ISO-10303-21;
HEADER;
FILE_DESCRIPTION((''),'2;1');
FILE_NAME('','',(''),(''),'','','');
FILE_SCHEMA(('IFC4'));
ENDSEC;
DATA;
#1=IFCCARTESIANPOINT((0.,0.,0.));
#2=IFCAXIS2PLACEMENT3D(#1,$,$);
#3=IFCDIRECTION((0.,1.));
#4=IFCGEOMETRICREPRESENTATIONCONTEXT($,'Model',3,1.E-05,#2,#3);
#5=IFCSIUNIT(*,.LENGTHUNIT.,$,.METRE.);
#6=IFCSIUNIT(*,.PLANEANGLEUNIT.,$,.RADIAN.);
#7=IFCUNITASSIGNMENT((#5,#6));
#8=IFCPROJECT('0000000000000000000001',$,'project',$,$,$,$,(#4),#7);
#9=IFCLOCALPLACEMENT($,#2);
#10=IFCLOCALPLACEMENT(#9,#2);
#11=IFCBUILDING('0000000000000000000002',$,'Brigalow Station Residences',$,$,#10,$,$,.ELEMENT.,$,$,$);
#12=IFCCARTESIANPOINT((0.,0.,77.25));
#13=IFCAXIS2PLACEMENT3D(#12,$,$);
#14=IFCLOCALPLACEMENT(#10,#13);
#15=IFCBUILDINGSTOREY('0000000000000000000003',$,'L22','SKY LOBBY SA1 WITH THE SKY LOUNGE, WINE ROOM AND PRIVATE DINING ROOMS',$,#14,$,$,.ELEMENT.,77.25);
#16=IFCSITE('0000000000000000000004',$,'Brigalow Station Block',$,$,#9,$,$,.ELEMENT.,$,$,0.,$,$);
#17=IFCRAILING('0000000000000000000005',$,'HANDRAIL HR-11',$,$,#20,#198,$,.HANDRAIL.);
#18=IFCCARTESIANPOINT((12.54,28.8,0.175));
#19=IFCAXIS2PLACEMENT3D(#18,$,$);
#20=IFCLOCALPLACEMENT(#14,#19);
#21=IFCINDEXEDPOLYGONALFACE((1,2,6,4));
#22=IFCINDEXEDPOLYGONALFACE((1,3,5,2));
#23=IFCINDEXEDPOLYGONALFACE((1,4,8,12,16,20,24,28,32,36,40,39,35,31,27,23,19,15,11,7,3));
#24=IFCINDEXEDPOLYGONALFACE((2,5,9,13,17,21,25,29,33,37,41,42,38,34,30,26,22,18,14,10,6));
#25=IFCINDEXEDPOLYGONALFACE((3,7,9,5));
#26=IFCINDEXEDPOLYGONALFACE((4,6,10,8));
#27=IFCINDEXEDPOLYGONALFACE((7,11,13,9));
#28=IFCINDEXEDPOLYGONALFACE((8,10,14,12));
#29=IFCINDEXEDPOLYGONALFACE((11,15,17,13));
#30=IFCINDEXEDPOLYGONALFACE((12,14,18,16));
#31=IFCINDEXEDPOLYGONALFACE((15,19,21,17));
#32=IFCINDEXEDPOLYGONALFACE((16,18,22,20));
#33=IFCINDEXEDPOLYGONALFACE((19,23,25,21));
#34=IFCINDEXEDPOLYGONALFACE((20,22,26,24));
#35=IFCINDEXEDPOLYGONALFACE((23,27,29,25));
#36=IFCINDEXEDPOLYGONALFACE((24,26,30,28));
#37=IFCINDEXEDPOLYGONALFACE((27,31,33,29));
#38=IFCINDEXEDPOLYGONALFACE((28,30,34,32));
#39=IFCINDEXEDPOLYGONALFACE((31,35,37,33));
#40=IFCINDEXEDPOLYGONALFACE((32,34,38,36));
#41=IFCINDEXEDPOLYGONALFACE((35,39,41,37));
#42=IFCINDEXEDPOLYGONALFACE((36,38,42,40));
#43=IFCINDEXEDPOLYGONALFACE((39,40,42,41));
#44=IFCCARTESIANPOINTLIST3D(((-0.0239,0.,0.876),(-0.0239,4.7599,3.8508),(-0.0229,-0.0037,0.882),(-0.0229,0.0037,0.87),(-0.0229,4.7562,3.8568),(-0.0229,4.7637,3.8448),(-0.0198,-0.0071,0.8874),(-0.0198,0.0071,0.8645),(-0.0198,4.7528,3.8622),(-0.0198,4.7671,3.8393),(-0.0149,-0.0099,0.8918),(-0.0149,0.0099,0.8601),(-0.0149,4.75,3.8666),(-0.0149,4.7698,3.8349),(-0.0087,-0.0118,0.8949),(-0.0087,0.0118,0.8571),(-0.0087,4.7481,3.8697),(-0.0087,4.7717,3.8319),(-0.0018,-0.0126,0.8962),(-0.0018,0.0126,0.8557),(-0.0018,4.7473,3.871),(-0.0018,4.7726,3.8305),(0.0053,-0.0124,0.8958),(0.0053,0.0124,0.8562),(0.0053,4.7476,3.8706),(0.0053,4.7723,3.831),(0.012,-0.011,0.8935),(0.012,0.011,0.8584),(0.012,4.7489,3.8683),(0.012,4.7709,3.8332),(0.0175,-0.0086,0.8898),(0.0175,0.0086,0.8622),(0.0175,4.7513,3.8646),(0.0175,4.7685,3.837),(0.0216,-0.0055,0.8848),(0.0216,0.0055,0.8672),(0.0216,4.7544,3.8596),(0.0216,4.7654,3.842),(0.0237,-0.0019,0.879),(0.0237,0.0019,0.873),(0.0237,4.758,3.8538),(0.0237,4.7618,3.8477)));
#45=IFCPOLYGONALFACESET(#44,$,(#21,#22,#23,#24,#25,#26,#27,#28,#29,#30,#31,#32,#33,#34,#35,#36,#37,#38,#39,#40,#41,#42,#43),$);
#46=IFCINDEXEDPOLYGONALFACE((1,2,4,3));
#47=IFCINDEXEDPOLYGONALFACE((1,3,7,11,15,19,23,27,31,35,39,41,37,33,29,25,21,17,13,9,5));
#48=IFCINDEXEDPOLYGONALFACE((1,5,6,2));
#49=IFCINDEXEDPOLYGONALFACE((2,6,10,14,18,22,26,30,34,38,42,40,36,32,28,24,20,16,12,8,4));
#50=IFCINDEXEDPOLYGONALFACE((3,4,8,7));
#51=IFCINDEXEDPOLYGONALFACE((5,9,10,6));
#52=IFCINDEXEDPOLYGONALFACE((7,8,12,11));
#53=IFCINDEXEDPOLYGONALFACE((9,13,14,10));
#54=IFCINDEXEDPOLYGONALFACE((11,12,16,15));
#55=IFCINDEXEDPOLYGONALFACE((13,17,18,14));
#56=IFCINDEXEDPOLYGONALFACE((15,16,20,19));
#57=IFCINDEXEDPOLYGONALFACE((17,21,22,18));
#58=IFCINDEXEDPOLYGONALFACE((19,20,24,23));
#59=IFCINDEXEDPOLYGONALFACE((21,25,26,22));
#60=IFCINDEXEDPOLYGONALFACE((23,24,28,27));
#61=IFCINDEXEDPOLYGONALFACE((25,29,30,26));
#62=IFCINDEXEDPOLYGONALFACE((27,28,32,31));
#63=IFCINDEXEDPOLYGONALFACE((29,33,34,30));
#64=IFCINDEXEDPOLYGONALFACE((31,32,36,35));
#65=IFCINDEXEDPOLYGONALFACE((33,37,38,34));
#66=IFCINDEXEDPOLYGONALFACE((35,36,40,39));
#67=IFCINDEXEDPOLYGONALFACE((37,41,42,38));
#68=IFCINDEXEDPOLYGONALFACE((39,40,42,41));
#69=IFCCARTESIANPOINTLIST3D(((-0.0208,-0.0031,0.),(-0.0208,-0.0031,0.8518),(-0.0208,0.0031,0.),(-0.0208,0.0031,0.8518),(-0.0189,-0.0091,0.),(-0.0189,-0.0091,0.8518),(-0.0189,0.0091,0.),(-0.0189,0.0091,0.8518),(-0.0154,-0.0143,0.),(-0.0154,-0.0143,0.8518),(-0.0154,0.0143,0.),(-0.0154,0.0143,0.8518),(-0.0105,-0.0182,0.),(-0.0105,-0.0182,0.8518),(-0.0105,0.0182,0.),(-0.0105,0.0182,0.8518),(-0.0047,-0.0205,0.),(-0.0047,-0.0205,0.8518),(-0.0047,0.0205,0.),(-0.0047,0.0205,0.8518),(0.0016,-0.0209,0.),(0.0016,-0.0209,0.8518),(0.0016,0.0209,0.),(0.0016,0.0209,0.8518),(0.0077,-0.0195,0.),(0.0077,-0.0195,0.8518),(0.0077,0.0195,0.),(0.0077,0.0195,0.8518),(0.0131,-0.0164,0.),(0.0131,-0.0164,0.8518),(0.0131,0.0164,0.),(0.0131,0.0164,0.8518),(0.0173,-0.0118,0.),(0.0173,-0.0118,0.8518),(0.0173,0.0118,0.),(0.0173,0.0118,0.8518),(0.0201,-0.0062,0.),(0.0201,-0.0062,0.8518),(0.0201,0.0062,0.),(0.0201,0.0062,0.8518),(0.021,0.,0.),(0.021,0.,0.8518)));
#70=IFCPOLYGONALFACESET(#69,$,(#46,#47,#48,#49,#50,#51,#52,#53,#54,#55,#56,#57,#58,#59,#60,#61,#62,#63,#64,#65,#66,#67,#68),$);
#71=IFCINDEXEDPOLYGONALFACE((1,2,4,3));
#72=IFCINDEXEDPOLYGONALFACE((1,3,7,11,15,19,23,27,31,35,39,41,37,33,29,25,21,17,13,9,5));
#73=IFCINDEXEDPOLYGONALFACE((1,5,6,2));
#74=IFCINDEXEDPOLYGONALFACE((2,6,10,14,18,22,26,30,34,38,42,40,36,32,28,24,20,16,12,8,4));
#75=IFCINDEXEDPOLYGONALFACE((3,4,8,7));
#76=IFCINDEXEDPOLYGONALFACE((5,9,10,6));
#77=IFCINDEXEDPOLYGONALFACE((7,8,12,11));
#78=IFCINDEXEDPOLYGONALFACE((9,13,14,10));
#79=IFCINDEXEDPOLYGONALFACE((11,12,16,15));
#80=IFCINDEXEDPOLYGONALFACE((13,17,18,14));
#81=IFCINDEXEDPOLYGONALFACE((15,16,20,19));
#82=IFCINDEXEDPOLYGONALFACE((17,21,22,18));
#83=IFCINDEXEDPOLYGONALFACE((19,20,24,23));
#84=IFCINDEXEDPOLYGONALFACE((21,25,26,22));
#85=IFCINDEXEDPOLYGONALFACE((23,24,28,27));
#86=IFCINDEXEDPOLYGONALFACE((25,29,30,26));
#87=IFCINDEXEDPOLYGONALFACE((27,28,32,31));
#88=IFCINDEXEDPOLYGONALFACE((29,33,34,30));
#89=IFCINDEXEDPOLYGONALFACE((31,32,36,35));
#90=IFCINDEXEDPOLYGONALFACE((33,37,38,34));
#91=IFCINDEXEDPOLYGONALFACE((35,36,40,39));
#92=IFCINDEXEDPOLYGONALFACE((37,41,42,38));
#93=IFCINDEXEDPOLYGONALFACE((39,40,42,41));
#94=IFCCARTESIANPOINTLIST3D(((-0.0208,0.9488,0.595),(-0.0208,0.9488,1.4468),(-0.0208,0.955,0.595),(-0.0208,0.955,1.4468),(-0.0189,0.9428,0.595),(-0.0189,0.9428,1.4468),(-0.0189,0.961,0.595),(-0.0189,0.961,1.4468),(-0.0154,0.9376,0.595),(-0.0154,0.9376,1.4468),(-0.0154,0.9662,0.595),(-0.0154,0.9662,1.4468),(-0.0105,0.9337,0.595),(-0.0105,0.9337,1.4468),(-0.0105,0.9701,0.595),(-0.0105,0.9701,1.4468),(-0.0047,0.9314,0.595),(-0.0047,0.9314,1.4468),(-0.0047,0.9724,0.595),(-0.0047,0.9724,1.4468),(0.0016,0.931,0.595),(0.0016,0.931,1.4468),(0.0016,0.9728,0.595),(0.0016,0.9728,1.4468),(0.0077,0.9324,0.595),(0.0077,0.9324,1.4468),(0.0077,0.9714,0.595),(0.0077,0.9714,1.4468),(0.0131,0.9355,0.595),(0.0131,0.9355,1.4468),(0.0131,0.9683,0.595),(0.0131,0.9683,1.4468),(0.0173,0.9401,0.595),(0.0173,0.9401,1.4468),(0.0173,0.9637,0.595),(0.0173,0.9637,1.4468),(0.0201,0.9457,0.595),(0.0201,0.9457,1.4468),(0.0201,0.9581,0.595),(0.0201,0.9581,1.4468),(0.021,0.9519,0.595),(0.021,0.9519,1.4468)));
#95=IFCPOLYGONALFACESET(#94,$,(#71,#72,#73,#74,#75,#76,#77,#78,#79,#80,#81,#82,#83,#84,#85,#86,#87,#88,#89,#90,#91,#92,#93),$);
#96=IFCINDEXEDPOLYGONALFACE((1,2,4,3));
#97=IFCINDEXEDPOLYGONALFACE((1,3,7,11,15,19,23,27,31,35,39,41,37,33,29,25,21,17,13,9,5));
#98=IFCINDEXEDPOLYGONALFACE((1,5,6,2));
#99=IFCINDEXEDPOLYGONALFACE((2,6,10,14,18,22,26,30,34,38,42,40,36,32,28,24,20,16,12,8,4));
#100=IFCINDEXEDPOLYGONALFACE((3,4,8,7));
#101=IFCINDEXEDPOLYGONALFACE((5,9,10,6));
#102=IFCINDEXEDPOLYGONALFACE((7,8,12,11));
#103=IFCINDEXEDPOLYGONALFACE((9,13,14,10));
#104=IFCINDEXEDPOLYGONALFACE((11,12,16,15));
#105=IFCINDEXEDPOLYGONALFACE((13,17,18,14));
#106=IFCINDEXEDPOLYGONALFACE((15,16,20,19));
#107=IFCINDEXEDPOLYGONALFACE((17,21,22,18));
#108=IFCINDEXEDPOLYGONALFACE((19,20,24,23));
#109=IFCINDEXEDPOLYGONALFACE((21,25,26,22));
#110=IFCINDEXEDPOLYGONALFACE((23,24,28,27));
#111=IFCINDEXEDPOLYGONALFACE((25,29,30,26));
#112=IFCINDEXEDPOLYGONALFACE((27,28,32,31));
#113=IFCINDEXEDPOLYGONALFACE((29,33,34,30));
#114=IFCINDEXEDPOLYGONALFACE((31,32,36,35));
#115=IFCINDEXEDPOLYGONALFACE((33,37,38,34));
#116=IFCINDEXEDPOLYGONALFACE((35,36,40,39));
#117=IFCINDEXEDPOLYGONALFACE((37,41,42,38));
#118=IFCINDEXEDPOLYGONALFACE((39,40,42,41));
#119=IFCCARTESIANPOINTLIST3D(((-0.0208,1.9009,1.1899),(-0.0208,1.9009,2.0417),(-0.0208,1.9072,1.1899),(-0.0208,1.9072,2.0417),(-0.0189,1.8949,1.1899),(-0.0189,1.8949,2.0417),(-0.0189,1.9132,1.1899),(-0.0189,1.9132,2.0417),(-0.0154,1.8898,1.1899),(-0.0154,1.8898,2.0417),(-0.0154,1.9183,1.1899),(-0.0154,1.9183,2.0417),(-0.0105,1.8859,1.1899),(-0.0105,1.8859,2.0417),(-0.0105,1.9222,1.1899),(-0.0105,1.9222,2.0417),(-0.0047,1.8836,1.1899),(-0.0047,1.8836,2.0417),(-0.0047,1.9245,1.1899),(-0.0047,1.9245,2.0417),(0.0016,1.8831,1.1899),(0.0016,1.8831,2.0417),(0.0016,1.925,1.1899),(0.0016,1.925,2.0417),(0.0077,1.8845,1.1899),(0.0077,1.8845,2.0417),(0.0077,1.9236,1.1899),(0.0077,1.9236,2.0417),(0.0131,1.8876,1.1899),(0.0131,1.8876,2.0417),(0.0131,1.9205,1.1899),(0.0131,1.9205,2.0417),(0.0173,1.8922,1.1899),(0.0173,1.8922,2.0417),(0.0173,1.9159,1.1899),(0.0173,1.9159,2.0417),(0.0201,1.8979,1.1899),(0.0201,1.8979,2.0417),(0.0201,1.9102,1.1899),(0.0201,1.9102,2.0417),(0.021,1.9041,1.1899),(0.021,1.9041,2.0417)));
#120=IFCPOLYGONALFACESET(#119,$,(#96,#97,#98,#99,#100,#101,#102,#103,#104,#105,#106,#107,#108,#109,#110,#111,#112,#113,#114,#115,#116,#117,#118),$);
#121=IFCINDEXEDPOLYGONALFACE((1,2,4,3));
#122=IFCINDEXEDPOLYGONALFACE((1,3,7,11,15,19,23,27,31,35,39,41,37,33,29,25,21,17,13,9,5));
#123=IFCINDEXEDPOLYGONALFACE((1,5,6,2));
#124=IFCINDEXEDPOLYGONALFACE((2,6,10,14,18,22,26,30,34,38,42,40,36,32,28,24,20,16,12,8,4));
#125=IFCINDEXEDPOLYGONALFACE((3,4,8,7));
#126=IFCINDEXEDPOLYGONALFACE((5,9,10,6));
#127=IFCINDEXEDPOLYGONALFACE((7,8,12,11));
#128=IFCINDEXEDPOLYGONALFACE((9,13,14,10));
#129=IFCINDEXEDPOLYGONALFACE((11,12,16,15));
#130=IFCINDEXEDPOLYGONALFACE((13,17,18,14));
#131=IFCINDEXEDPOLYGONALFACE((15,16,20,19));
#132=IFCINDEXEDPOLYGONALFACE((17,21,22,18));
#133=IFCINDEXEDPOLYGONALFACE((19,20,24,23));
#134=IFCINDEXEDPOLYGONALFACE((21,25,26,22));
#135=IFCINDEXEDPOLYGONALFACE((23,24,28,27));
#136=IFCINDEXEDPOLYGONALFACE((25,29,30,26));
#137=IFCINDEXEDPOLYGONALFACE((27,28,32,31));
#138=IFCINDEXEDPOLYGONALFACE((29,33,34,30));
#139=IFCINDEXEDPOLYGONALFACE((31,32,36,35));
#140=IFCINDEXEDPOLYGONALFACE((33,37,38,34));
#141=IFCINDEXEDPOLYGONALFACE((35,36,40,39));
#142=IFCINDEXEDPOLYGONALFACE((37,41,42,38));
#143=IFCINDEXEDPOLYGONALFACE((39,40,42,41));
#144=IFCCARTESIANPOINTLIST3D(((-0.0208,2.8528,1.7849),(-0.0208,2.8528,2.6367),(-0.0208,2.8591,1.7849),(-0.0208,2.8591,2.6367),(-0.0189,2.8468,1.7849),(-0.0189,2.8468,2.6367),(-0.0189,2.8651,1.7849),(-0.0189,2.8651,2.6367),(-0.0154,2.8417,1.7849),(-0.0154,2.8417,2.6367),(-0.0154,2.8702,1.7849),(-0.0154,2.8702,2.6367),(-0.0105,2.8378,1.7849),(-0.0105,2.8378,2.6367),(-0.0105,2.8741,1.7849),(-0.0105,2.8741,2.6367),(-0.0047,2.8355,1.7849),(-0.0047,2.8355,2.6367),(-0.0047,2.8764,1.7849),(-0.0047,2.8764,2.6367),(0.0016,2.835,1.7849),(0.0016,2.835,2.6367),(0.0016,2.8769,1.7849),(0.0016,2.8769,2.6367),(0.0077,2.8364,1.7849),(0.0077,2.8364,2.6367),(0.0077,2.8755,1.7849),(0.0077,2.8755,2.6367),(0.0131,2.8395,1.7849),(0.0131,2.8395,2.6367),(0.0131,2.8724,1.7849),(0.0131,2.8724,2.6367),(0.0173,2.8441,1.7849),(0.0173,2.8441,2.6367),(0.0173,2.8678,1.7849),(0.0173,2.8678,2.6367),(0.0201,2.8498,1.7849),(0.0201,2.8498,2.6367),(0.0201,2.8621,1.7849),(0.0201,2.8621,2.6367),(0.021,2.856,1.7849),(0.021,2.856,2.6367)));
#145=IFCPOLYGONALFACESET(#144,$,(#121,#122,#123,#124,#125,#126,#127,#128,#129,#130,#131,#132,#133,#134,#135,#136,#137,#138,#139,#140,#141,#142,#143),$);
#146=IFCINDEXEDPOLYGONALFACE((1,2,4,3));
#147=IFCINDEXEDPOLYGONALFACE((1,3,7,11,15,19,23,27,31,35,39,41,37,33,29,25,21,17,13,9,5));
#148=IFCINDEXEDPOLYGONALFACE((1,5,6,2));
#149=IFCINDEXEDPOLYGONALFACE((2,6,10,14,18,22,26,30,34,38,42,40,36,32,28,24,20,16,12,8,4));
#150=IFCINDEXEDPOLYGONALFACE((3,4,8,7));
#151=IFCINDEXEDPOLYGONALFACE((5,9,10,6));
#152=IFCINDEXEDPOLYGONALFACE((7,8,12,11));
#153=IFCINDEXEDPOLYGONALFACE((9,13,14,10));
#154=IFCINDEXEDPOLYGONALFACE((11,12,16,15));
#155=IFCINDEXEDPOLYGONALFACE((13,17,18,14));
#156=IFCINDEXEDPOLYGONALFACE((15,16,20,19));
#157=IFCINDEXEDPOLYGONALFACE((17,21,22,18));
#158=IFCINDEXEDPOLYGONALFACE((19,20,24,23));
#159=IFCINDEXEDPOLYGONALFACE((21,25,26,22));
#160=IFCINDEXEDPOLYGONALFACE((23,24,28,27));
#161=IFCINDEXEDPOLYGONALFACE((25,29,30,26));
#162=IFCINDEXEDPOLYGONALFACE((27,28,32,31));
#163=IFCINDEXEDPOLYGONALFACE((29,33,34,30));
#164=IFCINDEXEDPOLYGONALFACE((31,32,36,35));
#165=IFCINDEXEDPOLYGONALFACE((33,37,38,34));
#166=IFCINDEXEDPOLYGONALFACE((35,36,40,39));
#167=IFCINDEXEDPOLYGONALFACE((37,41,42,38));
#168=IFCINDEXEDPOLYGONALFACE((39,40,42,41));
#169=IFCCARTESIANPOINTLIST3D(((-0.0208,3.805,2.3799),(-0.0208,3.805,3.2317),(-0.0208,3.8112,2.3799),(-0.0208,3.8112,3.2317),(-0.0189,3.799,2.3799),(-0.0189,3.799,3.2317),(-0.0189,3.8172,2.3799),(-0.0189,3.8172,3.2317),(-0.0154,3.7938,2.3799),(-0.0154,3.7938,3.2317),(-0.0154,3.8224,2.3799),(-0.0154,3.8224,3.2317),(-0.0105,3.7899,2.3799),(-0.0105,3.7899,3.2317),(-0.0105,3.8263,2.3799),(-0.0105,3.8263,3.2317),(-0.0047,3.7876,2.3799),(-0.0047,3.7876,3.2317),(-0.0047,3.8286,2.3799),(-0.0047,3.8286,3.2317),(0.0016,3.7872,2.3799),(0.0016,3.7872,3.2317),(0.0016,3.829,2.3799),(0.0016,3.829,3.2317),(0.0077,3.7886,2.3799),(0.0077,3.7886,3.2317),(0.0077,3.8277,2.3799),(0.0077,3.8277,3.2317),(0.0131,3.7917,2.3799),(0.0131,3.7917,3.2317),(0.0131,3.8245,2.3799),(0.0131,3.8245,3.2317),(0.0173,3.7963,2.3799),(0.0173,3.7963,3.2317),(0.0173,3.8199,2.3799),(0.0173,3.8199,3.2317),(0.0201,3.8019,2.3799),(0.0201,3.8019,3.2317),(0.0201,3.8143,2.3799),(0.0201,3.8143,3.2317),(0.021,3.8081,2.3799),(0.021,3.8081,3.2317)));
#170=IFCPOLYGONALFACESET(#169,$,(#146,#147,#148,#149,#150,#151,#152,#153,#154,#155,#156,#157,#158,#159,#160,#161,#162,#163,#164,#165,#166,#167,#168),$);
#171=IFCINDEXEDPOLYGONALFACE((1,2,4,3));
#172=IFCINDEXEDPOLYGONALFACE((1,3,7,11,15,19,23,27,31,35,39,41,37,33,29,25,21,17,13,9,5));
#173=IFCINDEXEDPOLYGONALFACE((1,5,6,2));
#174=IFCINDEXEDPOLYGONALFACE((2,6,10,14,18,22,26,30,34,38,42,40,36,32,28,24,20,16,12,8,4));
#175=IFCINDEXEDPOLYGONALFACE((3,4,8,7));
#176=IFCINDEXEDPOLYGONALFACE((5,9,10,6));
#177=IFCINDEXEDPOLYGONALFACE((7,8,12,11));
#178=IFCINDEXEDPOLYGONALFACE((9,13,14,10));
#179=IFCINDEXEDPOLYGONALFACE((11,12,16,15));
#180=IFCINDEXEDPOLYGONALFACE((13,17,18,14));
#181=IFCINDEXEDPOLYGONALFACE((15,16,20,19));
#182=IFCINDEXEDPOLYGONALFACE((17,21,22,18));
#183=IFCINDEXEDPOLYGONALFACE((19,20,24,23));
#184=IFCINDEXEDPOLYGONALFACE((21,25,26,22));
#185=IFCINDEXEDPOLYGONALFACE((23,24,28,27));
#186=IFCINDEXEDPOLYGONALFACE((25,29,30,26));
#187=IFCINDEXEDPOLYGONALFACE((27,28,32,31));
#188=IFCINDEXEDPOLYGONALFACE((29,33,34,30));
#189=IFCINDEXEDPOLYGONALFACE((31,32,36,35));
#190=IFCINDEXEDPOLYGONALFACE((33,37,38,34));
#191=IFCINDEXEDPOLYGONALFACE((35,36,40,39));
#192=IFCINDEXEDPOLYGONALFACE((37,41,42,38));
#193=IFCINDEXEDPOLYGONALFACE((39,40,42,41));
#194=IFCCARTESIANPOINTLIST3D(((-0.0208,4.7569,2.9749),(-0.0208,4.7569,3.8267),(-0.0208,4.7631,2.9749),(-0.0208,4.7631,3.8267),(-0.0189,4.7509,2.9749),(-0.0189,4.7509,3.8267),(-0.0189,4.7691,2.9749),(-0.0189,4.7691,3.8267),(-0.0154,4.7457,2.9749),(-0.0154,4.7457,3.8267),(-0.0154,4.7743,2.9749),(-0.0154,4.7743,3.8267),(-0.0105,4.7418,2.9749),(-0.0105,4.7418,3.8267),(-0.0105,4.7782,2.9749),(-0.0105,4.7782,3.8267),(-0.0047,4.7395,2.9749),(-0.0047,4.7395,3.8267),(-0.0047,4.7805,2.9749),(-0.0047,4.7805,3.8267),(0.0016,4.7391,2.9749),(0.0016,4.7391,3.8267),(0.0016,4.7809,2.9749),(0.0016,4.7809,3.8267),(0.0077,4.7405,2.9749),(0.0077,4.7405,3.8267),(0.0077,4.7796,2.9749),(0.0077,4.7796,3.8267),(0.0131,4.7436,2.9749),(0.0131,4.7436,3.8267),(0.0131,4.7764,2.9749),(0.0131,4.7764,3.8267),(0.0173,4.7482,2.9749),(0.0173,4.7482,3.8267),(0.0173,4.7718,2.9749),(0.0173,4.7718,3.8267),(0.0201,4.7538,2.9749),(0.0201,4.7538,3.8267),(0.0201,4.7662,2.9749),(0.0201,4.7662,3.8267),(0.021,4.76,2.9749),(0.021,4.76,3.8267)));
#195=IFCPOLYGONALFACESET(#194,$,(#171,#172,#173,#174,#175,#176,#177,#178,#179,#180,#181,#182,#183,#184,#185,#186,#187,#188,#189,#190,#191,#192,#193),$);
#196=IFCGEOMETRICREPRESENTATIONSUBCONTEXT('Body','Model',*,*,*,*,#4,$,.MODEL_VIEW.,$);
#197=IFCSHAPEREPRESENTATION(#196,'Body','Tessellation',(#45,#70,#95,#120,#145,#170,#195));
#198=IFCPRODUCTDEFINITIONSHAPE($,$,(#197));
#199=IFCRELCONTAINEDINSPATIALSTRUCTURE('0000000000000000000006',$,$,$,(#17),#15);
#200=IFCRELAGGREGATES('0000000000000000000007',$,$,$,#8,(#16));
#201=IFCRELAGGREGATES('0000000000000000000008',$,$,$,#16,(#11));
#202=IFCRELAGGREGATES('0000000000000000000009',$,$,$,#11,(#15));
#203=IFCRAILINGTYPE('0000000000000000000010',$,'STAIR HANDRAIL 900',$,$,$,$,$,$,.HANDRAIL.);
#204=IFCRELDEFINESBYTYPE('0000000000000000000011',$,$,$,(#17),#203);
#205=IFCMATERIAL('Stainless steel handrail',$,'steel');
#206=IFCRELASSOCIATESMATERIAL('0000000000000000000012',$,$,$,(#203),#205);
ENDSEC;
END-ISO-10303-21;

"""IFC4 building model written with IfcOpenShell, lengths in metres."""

from ifc_helpers import new_model, si_unit, direction, frame, origin, origin_2d, place, context, subcontext, project, spatial, circle, extrude, material, type_object, element, save


model = new_model("IFC4")

# Units and contexts
model_context = context("Model", 3, precision=1e-05, world=origin(), true_north=direction((0.0, 1.0)))
body_context = subcontext(model_context, "Body", "Model", "MODEL_VIEW")
ifc_project = project(units=[si_unit("LENGTHUNIT", "METRE"), si_unit("PLANEANGLEUNIT", "RADIAN")], contexts=[model_context])

# Site, building, storey
site_placement = place(None, origin())
site = spatial("IfcSite", under=ifc_project, at=site_placement, Name="Brigalow Station Block", CompositionType="ELEMENT", RefElevation=0.0)
building_placement = place(site_placement, origin())
building = spatial("IfcBuilding", under=site, at=building_placement, Name="Brigalow Station Residences", CompositionType="ELEMENT")
storey_placement = place(building_placement, frame((0.0, 0.0, 77.25)))
storey = spatial("IfcBuildingStorey", under=building, at=storey_placement, Name="L22", Description="SKY LOBBY SA1 WITH THE SKY LOUNGE, WINE ROOM AND PRIVATE DINING ROOMS", CompositionType="ELEMENT", Elevation=77.25)

# Railing
ifc_material_1 = material(Name="Stainless steel handrail", Category="steel")
railing_type_1 = type_object("IfcRailingType", Name="STAIR HANDRAIL 900", PredefinedType="HANDRAIL", material=ifc_material_1)
railing_1_placement = place(storey_placement, frame((12.54, 28.8, 0.175)))
element("IfcRailing", 1, at=railing_1_placement, inside=storey, type_object=railing_type_1, Name="HANDRAIL HR-11", PredefinedType="HANDRAIL", context=body_context, shape_type="SweptSolid", body=[
    extrude(circle(Radius=0.0239, at=origin_2d()), frame((0.0, 0.0, 0.876), z_axis=(0.0, 0.848011, 0.529979), x_axis=(-1.0, 0.0, 0.0)), (0.0, 0.0, 1.0), 5.613),
    extrude(circle(Radius=0.021, at=origin_2d()), origin(), (0.0, 0.0, 1.0), 0.8518),
    extrude(circle(Radius=0.021, at=origin_2d()), frame((0.0, 0.9519, 0.595)), (0.0, 0.0, 1.0), 0.8518),
    extrude(circle(Radius=0.021, at=origin_2d()), frame((0.0, 1.9041, 1.1899)), (0.0, 0.0, 1.0), 0.8518),
    extrude(circle(Radius=0.021, at=origin_2d()), frame((0.0, 2.856, 1.7849)), (0.0, 0.0, 1.0), 0.8518),
    extrude(circle(Radius=0.021, at=origin_2d()), frame((0.0, 3.8081, 2.3799)), (0.0, 0.0, 1.0), 0.8518),
    extrude(circle(Radius=0.021, at=origin_2d()), frame((0.0, 4.76, 2.9749)), (0.0, 0.0, 1.0), 0.8518),
])

save(model, "model.ifc")
